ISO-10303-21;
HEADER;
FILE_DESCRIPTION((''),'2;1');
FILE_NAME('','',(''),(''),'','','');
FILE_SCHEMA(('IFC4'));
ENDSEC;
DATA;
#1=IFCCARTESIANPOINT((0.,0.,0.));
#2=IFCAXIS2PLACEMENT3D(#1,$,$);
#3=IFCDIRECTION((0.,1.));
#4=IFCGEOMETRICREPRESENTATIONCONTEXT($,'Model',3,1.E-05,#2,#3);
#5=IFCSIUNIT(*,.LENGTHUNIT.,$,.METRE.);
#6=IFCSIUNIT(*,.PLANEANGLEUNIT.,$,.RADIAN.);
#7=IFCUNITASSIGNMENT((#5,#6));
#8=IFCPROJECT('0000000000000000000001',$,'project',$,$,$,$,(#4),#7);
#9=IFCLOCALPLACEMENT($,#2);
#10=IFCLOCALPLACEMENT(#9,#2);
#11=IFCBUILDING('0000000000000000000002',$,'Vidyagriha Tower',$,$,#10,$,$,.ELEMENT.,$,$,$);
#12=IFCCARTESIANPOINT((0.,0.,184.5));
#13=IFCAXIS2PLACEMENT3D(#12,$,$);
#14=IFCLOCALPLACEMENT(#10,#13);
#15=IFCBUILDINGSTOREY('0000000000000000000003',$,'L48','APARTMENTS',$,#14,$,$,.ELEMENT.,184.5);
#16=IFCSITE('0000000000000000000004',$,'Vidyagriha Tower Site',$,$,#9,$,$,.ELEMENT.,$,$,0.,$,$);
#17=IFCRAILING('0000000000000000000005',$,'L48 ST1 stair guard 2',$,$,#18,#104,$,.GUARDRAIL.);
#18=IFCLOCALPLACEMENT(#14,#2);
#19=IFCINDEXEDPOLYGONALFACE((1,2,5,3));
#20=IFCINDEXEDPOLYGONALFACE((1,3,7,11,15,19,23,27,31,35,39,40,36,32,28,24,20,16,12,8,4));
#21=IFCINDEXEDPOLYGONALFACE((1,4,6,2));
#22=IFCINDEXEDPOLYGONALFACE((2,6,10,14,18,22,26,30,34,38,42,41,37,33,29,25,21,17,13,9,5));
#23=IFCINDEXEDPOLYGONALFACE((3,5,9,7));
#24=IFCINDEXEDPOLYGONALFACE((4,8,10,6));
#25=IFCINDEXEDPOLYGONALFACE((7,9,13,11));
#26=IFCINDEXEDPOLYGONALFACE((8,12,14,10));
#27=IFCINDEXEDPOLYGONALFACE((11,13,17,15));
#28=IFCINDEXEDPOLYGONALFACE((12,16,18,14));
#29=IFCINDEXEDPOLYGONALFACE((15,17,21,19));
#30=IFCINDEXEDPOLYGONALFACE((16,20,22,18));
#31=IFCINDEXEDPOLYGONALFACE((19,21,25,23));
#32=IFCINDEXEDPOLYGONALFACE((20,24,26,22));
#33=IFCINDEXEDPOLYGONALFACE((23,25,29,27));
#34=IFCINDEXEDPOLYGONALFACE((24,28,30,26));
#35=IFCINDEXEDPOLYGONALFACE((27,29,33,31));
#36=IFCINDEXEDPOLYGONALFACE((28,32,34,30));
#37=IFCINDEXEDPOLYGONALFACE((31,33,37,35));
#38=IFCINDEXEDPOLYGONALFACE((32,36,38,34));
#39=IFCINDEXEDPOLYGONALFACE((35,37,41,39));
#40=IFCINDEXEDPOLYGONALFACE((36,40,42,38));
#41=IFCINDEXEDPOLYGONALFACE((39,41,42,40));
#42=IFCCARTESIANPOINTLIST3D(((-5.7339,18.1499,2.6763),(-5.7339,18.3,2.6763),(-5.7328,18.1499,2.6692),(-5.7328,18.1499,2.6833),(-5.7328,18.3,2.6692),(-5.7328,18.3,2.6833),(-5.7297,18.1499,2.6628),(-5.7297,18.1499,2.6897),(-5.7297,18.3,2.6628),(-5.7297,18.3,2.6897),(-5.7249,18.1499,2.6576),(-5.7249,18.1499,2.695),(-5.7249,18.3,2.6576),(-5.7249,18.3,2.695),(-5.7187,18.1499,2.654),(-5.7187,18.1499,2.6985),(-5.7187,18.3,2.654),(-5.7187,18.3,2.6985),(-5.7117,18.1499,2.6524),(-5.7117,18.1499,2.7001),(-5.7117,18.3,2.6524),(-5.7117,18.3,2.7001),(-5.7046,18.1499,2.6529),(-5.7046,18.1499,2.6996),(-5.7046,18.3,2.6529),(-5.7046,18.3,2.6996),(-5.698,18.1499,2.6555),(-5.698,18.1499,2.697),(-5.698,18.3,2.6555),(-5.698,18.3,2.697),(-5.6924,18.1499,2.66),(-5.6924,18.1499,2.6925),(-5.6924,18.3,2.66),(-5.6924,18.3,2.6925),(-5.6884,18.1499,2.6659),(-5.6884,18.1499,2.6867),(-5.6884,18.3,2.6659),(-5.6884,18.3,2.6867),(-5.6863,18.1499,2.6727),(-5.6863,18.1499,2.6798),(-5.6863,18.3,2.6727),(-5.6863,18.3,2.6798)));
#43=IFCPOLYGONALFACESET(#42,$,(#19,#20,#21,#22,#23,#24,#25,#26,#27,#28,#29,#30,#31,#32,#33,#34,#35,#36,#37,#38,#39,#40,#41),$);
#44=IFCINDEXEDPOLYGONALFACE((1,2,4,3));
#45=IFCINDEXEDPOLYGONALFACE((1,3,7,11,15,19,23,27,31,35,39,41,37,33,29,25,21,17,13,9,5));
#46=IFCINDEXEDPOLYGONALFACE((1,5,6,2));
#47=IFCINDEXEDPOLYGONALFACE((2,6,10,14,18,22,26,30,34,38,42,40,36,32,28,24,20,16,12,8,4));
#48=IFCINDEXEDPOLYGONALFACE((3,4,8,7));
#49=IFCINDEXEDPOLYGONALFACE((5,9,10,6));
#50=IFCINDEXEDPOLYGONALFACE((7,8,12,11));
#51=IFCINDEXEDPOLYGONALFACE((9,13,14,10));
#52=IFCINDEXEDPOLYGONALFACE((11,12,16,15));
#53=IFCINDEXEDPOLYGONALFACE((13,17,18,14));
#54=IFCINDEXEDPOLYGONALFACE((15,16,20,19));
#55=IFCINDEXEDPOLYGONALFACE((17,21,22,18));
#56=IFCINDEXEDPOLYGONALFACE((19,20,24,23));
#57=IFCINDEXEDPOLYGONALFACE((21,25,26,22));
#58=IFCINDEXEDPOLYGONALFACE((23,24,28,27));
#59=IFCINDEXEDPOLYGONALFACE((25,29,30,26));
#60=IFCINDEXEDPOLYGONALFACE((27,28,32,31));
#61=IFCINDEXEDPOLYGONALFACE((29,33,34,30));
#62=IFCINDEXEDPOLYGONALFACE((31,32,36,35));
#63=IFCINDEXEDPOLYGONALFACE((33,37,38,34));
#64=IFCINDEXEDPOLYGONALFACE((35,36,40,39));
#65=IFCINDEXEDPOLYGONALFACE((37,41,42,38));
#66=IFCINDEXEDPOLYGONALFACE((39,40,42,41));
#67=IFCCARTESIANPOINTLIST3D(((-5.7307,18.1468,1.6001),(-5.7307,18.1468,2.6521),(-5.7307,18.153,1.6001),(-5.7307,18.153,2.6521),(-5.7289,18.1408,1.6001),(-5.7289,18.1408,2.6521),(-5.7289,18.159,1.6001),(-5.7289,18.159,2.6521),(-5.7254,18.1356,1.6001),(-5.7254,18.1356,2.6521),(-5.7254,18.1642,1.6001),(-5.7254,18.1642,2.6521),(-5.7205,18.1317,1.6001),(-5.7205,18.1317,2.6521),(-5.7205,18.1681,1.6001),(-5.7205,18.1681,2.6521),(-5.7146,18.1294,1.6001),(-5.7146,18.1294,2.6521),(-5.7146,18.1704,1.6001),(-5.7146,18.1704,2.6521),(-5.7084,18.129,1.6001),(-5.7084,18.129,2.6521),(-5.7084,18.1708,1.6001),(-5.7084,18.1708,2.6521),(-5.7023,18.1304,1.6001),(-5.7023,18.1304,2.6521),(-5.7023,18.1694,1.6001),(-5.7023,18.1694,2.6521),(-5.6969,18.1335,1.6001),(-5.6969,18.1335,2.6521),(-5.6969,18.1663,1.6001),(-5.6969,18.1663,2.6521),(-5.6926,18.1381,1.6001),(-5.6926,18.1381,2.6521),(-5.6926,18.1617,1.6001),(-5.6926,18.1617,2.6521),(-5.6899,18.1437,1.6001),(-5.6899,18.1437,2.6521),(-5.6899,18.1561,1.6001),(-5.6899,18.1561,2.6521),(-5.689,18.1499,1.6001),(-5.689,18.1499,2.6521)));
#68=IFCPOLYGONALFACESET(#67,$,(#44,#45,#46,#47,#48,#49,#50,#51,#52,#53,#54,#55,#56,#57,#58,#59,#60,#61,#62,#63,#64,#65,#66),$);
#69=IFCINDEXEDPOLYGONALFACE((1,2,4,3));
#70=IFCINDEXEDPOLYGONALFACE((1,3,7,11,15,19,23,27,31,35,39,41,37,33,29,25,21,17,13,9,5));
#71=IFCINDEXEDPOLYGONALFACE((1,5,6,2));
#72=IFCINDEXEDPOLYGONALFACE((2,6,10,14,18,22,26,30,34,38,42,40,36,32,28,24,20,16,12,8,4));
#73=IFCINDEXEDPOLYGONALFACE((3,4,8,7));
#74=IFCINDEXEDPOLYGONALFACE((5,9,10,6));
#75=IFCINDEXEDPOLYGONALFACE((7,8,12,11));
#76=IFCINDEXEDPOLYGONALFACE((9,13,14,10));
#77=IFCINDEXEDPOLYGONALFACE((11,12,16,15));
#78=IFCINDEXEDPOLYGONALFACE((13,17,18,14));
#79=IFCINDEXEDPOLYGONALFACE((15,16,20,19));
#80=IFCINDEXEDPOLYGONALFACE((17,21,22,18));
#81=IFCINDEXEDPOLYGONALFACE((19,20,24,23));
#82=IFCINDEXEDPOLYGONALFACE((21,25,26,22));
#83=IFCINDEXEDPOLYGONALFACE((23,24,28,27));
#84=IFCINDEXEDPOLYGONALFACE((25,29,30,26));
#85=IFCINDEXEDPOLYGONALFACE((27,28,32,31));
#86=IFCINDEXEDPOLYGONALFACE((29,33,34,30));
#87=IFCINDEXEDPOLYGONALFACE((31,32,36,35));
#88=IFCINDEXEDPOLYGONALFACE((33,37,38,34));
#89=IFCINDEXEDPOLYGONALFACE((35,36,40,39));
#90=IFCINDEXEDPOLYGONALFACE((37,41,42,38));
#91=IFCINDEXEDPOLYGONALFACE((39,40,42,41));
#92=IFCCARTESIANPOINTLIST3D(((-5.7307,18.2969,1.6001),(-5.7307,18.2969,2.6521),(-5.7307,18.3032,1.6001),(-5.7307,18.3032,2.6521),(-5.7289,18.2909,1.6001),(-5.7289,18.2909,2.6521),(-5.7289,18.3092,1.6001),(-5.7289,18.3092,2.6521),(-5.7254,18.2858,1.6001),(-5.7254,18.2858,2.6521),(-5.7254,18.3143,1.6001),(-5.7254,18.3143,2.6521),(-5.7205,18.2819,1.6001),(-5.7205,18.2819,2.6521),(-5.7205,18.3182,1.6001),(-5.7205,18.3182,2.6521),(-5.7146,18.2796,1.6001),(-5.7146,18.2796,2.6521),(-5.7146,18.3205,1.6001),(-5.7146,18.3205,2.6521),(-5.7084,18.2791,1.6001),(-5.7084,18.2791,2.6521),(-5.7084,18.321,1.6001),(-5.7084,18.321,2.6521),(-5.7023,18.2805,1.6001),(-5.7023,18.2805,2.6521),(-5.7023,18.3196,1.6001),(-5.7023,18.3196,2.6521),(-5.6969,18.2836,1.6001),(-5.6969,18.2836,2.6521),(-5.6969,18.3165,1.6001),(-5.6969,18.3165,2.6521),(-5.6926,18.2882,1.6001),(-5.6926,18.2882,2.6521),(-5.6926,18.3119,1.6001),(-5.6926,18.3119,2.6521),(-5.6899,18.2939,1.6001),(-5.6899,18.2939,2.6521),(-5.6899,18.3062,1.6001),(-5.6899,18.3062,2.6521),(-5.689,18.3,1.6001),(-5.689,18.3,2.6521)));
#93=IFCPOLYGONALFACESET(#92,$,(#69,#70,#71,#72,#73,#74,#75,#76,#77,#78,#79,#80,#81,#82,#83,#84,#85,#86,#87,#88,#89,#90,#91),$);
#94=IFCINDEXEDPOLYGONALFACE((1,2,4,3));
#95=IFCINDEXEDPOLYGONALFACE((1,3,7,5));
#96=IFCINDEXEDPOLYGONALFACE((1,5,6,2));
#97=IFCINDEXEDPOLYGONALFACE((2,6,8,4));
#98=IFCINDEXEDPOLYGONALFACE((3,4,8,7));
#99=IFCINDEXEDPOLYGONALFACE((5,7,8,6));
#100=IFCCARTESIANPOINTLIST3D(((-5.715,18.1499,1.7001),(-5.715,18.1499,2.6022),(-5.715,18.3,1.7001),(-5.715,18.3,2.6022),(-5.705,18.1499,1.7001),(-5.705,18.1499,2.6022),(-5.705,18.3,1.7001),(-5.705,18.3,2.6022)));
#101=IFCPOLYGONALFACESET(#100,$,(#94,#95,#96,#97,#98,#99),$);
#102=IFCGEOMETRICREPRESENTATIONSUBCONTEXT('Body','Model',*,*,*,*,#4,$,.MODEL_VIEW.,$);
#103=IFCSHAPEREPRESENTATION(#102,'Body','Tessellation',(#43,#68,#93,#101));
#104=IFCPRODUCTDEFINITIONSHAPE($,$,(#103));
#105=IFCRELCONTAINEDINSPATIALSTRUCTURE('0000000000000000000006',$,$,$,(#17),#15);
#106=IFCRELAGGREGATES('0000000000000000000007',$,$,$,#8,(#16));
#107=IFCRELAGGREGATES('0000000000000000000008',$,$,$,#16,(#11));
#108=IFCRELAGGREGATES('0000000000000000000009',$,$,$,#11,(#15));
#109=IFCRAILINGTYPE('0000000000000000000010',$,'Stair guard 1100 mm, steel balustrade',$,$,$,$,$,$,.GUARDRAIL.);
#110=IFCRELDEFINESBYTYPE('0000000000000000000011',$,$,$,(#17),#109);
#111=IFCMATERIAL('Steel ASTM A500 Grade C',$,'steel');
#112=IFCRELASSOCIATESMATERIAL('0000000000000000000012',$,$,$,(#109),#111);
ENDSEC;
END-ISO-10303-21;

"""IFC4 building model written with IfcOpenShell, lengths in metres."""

from ifc_helpers import new_model, si_unit, direction, frame, origin, origin_2d, place, context, subcontext, project, spatial, rectangle, circle, extrude, material, type_object, element, save


model = new_model("IFC4")

# Units and contexts
model_context = context("Model", 3, precision=1e-05, world=origin(), true_north=direction((0.0, 1.0)))
body_context = subcontext(model_context, "Body", "Model", "MODEL_VIEW")
ifc_project = project(units=[si_unit("LENGTHUNIT", "METRE"), si_unit("PLANEANGLEUNIT", "RADIAN")], contexts=[model_context])

# Site, building, storey
site_placement = place(None, origin())
site = spatial("IfcSite", under=ifc_project, at=site_placement, Name="Vidyagriha Tower Site", CompositionType="ELEMENT", RefElevation=0.0)
building_placement = place(site_placement, origin())
building = spatial("IfcBuilding", under=site, at=building_placement, Name="Vidyagriha Tower", CompositionType="ELEMENT")
storey_placement = place(building_placement, frame((0.0, 0.0, 184.5)))
storey = spatial("IfcBuildingStorey", under=building, at=storey_placement, Name="L48", Description="APARTMENTS", CompositionType="ELEMENT", Elevation=184.5)

# Railing
ifc_material_1 = material(Name="Steel ASTM A500 Grade C", Category="steel")
railing_type_1 = type_object("IfcRailingType", Name="Stair guard 1100 mm, steel balustrade", PredefinedType="GUARDRAIL", material=ifc_material_1)
railing_1_placement = place(storey_placement, frame((-5.71, 18.1499, 1.6001)))
element("IfcRailing", 1, at=railing_1_placement, inside=storey, type_object=railing_type_1, Name="L48 ST1 stair guard 2", PredefinedType="GUARDRAIL", context=body_context, shape_type="SweptSolid", body=[
    extrude(circle(Radius=0.0239, at=origin_2d()), frame((0.0, 0.0, 1.0762), z_axis=(0.0, 1.0, 0.0), x_axis=(-1.0, 0.0, 0.0)), (0.0, 0.0, 1.0), 0.1501),
    extrude(circle(Radius=0.021, at=origin_2d()), origin(), (0.0, 0.0, 1.0), 1.052),
    extrude(circle(Radius=0.021, at=origin_2d()), frame((0.0, 0.1501, 0.0)), (0.0, 0.0, 1.0), 1.052),
    extrude(rectangle(XDim=0.01, YDim=0.9021, at=origin_2d()), frame((0.0, 0.0, 0.551), z_axis=(0.0, 1.0, 0.0), x_axis=(-1.0, 0.0, 0.0)), (0.0, 0.0, 1.0), 0.1501),
])

save(model, "model.ifc")
